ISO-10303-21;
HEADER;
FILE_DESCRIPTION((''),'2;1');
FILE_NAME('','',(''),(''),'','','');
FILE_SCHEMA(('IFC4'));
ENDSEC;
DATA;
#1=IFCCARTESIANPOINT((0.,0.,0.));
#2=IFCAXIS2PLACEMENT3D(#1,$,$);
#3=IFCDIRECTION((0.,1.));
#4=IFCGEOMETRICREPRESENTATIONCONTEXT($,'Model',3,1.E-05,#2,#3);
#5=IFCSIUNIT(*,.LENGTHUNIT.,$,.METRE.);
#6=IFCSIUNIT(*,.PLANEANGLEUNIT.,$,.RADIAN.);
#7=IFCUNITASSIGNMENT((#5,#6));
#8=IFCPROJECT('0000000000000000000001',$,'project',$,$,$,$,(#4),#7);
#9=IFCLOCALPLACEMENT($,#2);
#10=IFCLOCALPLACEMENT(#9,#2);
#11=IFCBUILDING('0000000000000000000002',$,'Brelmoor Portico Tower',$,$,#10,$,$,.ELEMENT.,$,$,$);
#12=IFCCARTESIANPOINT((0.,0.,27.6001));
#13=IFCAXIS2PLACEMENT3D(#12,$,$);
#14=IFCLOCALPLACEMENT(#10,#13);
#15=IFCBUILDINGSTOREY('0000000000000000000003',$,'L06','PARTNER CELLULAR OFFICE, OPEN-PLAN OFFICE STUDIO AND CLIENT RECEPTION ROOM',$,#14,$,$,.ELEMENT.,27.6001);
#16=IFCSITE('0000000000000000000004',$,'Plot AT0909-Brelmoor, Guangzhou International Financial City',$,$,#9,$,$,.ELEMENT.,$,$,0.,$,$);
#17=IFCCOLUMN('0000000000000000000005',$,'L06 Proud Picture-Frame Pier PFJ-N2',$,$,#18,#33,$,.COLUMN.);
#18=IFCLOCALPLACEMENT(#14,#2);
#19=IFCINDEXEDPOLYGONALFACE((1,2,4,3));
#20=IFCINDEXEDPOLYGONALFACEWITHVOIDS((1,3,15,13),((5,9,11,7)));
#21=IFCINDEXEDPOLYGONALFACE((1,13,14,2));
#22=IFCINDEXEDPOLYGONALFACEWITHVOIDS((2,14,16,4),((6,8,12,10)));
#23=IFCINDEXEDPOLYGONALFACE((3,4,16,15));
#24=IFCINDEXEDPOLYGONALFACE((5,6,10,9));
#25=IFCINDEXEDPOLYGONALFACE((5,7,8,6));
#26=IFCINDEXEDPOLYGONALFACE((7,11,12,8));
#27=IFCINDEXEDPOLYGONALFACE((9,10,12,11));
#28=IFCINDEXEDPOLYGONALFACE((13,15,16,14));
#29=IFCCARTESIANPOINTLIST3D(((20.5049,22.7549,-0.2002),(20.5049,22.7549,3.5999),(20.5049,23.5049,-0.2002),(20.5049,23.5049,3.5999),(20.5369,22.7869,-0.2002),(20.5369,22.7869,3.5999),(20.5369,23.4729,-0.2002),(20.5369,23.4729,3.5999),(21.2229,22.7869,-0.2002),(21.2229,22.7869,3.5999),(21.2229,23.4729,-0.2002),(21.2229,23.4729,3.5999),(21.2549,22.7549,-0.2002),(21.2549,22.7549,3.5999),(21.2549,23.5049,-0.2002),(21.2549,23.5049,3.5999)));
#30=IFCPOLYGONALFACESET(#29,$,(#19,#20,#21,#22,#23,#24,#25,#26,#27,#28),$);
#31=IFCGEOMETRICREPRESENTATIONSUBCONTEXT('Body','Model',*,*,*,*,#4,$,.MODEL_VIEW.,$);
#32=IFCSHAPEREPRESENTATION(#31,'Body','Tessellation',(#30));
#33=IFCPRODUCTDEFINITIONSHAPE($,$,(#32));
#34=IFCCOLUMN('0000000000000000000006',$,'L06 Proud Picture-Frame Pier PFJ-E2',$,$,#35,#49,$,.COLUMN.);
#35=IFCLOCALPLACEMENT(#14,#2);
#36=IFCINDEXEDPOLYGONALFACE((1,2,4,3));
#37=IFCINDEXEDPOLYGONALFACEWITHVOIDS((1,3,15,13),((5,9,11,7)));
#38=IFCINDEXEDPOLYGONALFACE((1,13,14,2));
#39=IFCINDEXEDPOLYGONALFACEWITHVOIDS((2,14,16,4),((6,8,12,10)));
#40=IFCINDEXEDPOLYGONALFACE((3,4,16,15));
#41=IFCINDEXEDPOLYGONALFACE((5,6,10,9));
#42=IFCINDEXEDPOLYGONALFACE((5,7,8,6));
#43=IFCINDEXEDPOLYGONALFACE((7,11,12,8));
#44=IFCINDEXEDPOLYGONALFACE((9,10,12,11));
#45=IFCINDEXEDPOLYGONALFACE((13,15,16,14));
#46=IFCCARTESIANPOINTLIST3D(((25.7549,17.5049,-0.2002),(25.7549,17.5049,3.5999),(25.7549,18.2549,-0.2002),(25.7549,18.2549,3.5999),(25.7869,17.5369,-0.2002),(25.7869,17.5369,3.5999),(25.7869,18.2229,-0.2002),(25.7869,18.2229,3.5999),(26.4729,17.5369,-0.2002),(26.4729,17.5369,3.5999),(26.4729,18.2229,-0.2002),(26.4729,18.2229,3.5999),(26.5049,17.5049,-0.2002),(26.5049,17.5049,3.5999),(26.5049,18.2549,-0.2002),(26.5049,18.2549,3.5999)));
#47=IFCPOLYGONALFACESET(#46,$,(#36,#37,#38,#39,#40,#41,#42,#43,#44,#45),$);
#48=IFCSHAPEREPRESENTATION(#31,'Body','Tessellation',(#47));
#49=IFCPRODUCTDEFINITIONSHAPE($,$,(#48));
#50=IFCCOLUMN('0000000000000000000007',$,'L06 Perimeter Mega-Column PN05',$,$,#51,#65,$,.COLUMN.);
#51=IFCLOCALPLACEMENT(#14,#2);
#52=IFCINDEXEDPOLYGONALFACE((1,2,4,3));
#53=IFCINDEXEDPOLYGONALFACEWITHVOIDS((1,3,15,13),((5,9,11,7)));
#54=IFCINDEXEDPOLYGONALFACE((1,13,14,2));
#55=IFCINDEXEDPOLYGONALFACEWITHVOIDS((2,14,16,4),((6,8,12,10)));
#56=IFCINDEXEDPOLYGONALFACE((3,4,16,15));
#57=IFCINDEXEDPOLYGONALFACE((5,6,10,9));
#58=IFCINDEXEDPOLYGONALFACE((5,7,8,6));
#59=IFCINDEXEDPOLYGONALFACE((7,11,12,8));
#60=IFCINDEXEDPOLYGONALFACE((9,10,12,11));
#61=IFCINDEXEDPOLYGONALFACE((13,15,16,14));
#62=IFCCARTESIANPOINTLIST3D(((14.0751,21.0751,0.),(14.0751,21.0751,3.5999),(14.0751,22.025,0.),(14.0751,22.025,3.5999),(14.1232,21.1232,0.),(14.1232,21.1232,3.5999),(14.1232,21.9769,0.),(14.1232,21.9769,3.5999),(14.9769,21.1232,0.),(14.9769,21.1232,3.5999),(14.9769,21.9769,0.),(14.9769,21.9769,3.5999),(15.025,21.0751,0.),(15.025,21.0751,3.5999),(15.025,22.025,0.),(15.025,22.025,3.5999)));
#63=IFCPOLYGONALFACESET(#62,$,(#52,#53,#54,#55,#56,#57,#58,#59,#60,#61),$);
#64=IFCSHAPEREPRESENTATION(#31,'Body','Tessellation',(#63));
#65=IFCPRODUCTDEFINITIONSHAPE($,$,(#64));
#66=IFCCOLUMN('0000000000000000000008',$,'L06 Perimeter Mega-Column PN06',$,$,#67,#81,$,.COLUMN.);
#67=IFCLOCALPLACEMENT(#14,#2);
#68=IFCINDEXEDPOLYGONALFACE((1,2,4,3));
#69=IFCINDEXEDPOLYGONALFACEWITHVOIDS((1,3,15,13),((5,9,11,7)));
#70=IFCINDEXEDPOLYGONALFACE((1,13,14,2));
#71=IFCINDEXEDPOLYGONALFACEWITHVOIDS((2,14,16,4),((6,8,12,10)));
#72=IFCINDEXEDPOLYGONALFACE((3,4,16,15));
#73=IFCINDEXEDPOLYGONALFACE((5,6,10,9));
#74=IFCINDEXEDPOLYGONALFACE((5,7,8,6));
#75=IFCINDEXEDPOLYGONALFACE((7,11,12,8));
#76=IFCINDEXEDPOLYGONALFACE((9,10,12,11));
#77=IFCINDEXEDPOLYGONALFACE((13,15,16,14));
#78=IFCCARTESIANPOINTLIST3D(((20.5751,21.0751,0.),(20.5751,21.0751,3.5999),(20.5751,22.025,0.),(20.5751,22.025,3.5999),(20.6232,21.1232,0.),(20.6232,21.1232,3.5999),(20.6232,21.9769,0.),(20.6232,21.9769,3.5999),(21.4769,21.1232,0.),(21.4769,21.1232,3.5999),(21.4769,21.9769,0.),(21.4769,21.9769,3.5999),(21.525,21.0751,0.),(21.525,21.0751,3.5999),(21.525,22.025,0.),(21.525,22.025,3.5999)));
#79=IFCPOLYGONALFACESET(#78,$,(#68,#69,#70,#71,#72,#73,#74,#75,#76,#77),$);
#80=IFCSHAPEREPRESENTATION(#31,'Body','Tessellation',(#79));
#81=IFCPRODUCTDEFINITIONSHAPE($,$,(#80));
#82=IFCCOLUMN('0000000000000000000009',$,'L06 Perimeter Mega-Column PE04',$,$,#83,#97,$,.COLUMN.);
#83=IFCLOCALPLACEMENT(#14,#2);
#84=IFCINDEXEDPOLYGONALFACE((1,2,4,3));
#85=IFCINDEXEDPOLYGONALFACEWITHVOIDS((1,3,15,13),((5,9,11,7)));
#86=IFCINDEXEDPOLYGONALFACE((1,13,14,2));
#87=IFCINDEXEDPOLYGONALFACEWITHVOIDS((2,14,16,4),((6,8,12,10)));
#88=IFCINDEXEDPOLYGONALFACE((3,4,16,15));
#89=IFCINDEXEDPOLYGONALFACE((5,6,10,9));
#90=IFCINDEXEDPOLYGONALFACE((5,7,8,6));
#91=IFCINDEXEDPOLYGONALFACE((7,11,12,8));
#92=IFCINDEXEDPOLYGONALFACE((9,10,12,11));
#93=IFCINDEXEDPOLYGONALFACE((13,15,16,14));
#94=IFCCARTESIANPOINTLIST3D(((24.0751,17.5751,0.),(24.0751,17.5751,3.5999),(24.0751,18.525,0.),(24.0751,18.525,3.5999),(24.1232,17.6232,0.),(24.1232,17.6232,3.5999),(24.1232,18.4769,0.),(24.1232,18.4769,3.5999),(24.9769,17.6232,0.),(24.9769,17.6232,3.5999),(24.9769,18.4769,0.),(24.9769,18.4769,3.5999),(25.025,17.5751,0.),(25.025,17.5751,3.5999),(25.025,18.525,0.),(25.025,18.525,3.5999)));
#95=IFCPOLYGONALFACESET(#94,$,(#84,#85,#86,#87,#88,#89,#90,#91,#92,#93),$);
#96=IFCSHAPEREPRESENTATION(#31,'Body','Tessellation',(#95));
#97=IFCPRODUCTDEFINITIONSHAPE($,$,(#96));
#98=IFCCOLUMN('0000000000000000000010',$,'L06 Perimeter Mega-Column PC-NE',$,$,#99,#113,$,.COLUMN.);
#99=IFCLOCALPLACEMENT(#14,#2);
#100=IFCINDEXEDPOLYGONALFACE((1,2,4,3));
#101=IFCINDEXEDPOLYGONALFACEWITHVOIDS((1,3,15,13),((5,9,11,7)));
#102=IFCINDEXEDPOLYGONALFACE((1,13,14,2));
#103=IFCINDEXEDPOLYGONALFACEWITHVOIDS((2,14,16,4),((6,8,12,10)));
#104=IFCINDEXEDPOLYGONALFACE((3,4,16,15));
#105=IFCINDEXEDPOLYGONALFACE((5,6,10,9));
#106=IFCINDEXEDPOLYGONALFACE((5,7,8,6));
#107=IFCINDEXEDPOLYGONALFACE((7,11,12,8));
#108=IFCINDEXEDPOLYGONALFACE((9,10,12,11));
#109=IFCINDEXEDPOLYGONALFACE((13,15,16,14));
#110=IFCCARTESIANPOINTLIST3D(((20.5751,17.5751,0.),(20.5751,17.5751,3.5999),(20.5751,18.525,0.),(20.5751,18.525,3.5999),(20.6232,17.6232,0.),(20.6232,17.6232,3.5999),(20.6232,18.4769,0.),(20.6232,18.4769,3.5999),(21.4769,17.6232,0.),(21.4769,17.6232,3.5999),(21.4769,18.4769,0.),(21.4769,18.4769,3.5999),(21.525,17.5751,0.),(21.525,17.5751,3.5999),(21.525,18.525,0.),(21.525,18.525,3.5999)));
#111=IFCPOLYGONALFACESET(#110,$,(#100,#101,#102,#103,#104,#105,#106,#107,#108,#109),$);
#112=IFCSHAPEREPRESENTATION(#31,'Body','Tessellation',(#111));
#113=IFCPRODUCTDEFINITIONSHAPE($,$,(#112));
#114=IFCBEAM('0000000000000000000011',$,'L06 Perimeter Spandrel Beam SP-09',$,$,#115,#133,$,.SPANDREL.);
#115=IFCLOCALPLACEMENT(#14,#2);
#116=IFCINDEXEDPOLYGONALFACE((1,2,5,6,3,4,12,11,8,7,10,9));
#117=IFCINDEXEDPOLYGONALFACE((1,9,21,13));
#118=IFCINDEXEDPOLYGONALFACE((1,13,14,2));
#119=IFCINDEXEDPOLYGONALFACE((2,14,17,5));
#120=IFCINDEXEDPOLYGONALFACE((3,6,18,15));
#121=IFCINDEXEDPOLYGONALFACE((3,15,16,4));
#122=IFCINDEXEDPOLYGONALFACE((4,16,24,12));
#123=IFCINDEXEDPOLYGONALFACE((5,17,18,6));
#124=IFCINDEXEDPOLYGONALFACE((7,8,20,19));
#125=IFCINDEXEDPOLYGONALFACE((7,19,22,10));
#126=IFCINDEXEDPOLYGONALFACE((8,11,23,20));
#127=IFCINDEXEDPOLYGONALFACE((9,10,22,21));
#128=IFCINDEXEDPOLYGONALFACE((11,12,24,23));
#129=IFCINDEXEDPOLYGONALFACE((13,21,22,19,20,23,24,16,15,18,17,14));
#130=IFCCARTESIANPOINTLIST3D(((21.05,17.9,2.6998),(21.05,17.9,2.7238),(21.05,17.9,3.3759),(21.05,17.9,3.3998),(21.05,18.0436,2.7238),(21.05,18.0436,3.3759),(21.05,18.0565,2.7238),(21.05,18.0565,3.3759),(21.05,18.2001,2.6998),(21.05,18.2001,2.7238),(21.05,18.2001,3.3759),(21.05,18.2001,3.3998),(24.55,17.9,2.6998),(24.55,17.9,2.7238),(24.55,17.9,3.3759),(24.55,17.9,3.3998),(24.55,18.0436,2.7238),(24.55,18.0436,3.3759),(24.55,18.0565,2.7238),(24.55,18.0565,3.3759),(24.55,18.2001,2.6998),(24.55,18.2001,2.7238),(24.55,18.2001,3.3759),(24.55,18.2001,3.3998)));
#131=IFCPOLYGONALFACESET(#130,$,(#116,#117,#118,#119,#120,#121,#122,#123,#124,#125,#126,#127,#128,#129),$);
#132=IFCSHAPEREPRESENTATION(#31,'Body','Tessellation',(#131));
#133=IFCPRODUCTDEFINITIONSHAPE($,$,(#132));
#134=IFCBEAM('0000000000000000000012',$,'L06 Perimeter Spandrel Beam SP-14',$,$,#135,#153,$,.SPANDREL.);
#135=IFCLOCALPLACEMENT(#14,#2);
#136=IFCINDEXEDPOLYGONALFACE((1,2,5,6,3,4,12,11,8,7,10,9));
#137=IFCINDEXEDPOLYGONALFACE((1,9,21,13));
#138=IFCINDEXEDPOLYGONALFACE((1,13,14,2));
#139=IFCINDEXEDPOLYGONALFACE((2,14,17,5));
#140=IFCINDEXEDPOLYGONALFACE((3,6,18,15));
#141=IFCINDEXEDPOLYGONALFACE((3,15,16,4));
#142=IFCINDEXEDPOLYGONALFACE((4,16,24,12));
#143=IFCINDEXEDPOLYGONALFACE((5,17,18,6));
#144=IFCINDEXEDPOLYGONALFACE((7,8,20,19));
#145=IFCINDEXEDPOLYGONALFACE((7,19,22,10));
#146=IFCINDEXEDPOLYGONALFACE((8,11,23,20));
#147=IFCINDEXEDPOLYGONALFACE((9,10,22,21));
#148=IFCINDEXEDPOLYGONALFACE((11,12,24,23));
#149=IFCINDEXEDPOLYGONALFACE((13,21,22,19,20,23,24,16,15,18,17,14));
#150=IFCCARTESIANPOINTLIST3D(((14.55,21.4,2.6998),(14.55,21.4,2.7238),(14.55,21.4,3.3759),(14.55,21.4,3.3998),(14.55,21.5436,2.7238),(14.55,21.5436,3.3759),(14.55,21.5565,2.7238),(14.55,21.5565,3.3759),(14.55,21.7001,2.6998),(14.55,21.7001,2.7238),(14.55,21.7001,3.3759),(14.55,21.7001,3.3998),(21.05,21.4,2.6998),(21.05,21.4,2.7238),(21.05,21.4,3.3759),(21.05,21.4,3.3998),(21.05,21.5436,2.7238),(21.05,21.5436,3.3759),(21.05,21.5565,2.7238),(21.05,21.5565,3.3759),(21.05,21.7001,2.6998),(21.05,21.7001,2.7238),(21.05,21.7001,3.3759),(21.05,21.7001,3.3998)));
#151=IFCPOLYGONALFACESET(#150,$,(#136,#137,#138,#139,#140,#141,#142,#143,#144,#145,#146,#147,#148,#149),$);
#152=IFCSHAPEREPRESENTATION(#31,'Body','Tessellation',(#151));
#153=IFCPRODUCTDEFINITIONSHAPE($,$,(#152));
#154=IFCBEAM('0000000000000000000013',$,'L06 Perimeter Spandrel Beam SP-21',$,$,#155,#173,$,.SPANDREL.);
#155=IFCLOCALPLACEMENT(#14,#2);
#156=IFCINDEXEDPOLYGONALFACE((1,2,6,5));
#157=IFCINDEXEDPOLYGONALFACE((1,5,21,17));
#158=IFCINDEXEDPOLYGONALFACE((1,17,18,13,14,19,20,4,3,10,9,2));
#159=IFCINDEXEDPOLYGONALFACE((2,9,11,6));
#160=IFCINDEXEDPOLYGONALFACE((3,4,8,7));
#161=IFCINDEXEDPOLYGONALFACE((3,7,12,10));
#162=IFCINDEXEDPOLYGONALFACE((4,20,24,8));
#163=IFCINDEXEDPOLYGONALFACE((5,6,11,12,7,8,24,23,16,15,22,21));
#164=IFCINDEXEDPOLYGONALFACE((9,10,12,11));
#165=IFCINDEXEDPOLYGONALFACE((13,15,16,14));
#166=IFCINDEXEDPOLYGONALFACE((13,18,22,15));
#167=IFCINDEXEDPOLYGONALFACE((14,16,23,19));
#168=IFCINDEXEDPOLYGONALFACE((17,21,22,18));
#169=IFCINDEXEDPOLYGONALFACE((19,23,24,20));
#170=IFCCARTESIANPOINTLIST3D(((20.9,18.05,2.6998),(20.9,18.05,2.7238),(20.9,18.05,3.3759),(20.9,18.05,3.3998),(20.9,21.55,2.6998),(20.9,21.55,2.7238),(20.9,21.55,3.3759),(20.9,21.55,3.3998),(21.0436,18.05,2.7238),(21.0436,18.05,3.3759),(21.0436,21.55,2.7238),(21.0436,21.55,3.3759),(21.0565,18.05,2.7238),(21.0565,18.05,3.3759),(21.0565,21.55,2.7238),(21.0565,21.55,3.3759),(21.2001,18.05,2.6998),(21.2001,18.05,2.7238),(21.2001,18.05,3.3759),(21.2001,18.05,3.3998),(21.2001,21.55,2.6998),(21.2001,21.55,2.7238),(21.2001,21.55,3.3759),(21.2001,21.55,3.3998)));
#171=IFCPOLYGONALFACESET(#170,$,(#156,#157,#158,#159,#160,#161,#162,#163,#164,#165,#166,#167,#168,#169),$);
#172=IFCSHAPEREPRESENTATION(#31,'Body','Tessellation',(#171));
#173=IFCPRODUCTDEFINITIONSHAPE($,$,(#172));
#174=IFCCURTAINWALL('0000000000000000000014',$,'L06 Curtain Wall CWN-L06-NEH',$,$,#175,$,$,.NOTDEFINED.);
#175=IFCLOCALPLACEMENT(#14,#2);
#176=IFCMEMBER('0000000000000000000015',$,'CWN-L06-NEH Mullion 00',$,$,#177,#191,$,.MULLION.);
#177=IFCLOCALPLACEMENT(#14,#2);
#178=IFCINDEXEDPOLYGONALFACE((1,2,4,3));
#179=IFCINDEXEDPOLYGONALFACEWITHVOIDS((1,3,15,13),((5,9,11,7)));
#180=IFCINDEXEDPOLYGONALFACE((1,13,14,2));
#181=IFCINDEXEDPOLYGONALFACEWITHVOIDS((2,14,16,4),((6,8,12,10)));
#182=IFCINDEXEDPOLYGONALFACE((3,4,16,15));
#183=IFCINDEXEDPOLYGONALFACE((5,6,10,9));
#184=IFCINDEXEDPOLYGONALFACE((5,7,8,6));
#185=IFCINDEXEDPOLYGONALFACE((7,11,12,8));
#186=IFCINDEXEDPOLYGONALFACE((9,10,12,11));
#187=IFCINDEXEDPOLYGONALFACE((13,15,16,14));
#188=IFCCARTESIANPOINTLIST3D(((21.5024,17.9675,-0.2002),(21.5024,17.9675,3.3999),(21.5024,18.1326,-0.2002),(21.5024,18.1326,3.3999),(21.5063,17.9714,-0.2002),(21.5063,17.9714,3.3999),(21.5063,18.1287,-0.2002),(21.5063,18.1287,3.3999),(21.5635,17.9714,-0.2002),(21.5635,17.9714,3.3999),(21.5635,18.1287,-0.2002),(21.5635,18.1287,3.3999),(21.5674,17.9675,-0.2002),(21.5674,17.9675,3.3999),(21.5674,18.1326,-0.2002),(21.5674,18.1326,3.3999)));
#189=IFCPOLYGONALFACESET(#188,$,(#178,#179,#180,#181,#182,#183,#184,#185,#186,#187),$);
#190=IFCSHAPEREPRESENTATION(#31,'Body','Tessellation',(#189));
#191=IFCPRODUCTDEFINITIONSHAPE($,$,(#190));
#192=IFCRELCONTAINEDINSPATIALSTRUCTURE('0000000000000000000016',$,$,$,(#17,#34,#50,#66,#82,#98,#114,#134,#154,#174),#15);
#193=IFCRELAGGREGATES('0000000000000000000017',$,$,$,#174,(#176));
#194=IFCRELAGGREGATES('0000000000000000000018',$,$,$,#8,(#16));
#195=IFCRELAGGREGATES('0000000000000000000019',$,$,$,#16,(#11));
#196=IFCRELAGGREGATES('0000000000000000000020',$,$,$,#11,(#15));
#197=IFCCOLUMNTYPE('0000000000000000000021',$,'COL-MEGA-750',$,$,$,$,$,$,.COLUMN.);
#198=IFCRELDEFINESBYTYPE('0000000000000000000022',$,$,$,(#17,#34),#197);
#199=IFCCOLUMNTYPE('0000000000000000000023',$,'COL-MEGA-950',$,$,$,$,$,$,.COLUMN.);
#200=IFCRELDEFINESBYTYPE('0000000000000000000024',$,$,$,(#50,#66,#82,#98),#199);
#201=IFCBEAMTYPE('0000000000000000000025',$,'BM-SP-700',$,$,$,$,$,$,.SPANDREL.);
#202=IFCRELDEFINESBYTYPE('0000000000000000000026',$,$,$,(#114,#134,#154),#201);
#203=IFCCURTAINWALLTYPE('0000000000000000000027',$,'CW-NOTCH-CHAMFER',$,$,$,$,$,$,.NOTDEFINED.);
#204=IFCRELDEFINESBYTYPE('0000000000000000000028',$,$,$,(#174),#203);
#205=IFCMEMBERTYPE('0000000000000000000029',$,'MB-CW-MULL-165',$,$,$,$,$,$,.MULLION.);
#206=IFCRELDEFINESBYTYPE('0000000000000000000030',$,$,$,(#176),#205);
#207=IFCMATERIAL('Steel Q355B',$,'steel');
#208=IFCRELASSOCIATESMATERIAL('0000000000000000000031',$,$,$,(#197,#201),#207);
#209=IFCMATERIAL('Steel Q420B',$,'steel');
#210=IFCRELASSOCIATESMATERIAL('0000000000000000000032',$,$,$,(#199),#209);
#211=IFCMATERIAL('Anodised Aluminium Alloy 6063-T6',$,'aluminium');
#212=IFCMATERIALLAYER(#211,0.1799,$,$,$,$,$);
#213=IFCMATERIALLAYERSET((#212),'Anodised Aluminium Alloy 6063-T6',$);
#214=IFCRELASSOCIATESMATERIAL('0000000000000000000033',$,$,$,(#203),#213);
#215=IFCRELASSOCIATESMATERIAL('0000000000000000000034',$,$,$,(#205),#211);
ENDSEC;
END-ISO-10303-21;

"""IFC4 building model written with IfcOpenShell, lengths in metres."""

from ifc_helpers import new_model, si_unit, direction, frame, origin, origin_2d, place, context, subcontext, project, spatial, hollow_rectangle, i_section, extrude, material, layer, layer_set, material_profile, profile_set, type_object, element, aggregate, save


model = new_model("IFC4")

# Units and contexts
model_context = context("Model", 3, precision=1e-05, world=origin(), true_north=direction((0.0, 1.0)))
body_context = subcontext(model_context, "Body", "Model", "MODEL_VIEW")
ifc_project = project(units=[si_unit("LENGTHUNIT", "METRE"), si_unit("PLANEANGLEUNIT", "RADIAN")], contexts=[model_context])

# Site, building, storey
site_placement = place(None, origin())
site = spatial("IfcSite", under=ifc_project, at=site_placement, Name="Plot AT0909-Brelmoor, Guangzhou International Financial City", CompositionType="ELEMENT", RefElevation=0.0)
building_placement = place(site_placement, origin())
building = spatial("IfcBuilding", under=site, at=building_placement, Name="Brelmoor Portico Tower", CompositionType="ELEMENT")
storey_placement = place(building_placement, frame((0.0, 0.0, 27.6001)))
storey = spatial("IfcBuildingStorey", under=building, at=storey_placement, Name="L06", Description="PARTNER CELLULAR OFFICE, OPEN-PLAN OFFICE STUDIO AND CLIENT RECEPTION ROOM", CompositionType="ELEMENT", Elevation=27.6001)

# Columns
ifc_material_1 = material(Name="Steel Q355B", Category="steel")
ifc_material_profile_1 = material_profile(ifc_material_1, hollow_rectangle(XDim=0.75, YDim=0.75, WallThickness=0.032, at=origin_2d()), Name="BOX 750x750x32")
ifc_profile_set_1 = profile_set([ifc_material_profile_1], Name="Steel Q355B")
column_type_1 = type_object("IfcColumnType", Name="COL-MEGA-750", PredefinedType="COLUMN", material=ifc_profile_set_1)
for number, where, z_axis, x_axis, name in (
    (1, (20.8799, 23.1299, -0.2002), (0.0, 0.0, 1.0), (1.0, 0.0, 0.0), "L06 Proud Picture-Frame Pier PFJ-N2"),
    (2, (26.1299, 17.8799, -0.2002), (0.0, 0.0, 1.0), (0.0, 1.0, 0.0), "L06 Proud Picture-Frame Pier PFJ-E2"),
):
    element("IfcColumn", number, at=place(storey_placement, frame(where, z_axis=z_axis, x_axis=x_axis)), inside=storey, type_object=column_type_1, Name=name, PredefinedType="COLUMN", context=body_context, shape_type="SweptSolid", body=[
        extrude(hollow_rectangle(XDim=0.75, YDim=0.75, WallThickness=0.032, at=origin_2d()), origin(), (0.0, 0.0, 1.0), 3.8),
    ])
ifc_material_2 = material(Name="Steel Q420B", Category="steel")
ifc_material_profile_2 = material_profile(ifc_material_2, hollow_rectangle(XDim=0.95, YDim=0.95, WallThickness=0.0481, at=origin_2d()), Name="BOX 950x950x48")
ifc_profile_set_2 = profile_set([ifc_material_profile_2], Name="Steel Q420B")
column_type_2 = type_object("IfcColumnType", Name="COL-MEGA-950", PredefinedType="COLUMN", material=ifc_profile_set_2)
for number, where, z_axis, x_axis, name in (
    (3, (14.55, 21.55, 0.0), (0.0, 0.0, 1.0), (1.0, 0.0, 0.0), "L06 Perimeter Mega-Column PN05"),
    (4, (21.05, 21.55, 0.0), (0.0, 0.0, 1.0), (1.0, 0.0, 0.0), "L06 Perimeter Mega-Column PN06"),
    (5, (24.55, 18.05, 0.0), (0.0, 0.0, 1.0), (0.0, 1.0, 0.0), "L06 Perimeter Mega-Column PE04"),
    (6, (21.05, 18.05, 0.0), (0.0, 0.0, 1.0), (1.0, 0.0, 0.0), "L06 Perimeter Mega-Column PC-NE"),
):
    element("IfcColumn", number, at=place(storey_placement, frame(where, z_axis=z_axis, x_axis=x_axis)), inside=storey, type_object=column_type_2, Name=name, PredefinedType="COLUMN", context=body_context, shape_type="SweptSolid", body=[
        extrude(hollow_rectangle(XDim=0.95, YDim=0.95, WallThickness=0.0481, at=origin_2d()), origin(), (0.0, 0.0, 1.0), 3.5999),
    ])

# Beams
ifc_material_profile_3 = material_profile(ifc_material_1, i_section(OverallWidth=0.3, OverallDepth=0.7, WebThickness=0.0129, FlangeThickness=0.0239, at=origin_2d()), Name="HN 700x300x13x24")
ifc_profile_set_3 = profile_set([ifc_material_profile_3], Name="Steel Q355B")
beam_type = type_object("IfcBeamType", Name="BM-SP-700", PredefinedType="SPANDREL", material=ifc_profile_set_3)
beam_1_placement = place(storey_placement, frame((21.05, 18.05, 3.0498), z_axis=(1.0, 0.0, 0.0), x_axis=(0.0, 1.0, 0.0)))
element("IfcBeam", 7, at=beam_1_placement, inside=storey, type_object=beam_type, Name="L06 Perimeter Spandrel Beam SP-09", PredefinedType="SPANDREL", context=body_context, shape_type="SweptSolid", body=[
    extrude(i_section(OverallWidth=0.3, OverallDepth=0.7, WebThickness=0.0129, FlangeThickness=0.0239, at=origin_2d()), origin(), (0.0, 0.0, 1.0), 3.5),
])
beam_2_placement = place(storey_placement, frame((14.55, 21.55, 3.0498), z_axis=(1.0, 0.0, 0.0), x_axis=(0.0, 1.0, 0.0)))
element("IfcBeam", 8, at=beam_2_placement, inside=storey, type_object=beam_type, Name="L06 Perimeter Spandrel Beam SP-14", PredefinedType="SPANDREL", context=body_context, shape_type="SweptSolid", body=[
    extrude(i_section(OverallWidth=0.3, OverallDepth=0.7, WebThickness=0.0129, FlangeThickness=0.0239, at=origin_2d()), origin(), (0.0, 0.0, 1.0), 6.5),
])
beam_3_placement = place(storey_placement, frame((21.05, 18.05, 3.0498), z_axis=(0.0, 1.0, 0.0), x_axis=(-1.0, 0.0, 0.0)))
element("IfcBeam", 9, at=beam_3_placement, inside=storey, type_object=beam_type, Name="L06 Perimeter Spandrel Beam SP-21", PredefinedType="SPANDREL", context=body_context, shape_type="SweptSolid", body=[
    extrude(i_section(OverallWidth=0.3, OverallDepth=0.7, WebThickness=0.0129, FlangeThickness=0.0239, at=origin_2d()), origin(), (0.0, 0.0, 1.0), 3.5),
])

# Curtain wall, member
ifc_material_3 = material(Name="Anodised Aluminium Alloy 6063-T6", Category="aluminium")
ifc_layer_1 = layer(ifc_material_3, 0.1799)
ifc_layer_set_1 = layer_set([ifc_layer_1], Name="Anodised Aluminium Alloy 6063-T6")
curtain_wall_type = type_object("IfcCurtainWallType", Name="CW-NOTCH-CHAMFER", PredefinedType="NOTDEFINED", material=ifc_layer_set_1)
curtain_wall_1_placement = place(storey_placement, origin())
curtain_wall_1 = element("IfcCurtainWall", 10, at=curtain_wall_1_placement, inside=storey, type_object=curtain_wall_type, Name="L06 Curtain Wall CWN-L06-NEH", PredefinedType="NOTDEFINED")
ifc_material_profile_4 = material_profile(ifc_material_3, hollow_rectangle(XDim=0.0649, YDim=0.165, WallThickness=0.0039, at=origin_2d()), Name="ALU MULLION 65x165")
ifc_profile_set_4 = profile_set([ifc_material_profile_4], Name="Anodised Aluminium Alloy 6063-T6")
member_type_1 = type_object("IfcMemberType", Name="MB-CW-MULL-165", PredefinedType="MULLION", material=ifc_profile_set_4)
member_1_placement = place(storey_placement, frame((21.5349, 18.05, -0.2002), z_axis=(0.0, 0.0, 1.0), x_axis=(1.0, 0.0, 0.0)))
member_1 = element("IfcMember", 11, at=member_1_placement, type_object=member_type_1, Name="CWN-L06-NEH Mullion 00", PredefinedType="MULLION", context=body_context, shape_type="SweptSolid", body=[
    extrude(hollow_rectangle(XDim=0.0649, YDim=0.165, WallThickness=0.0039, at=origin_2d()), origin(), (0.0, 0.0, 1.0), 3.6001),
])

aggregate(curtain_wall_1, [member_1])

save(model, "model.ifc")
